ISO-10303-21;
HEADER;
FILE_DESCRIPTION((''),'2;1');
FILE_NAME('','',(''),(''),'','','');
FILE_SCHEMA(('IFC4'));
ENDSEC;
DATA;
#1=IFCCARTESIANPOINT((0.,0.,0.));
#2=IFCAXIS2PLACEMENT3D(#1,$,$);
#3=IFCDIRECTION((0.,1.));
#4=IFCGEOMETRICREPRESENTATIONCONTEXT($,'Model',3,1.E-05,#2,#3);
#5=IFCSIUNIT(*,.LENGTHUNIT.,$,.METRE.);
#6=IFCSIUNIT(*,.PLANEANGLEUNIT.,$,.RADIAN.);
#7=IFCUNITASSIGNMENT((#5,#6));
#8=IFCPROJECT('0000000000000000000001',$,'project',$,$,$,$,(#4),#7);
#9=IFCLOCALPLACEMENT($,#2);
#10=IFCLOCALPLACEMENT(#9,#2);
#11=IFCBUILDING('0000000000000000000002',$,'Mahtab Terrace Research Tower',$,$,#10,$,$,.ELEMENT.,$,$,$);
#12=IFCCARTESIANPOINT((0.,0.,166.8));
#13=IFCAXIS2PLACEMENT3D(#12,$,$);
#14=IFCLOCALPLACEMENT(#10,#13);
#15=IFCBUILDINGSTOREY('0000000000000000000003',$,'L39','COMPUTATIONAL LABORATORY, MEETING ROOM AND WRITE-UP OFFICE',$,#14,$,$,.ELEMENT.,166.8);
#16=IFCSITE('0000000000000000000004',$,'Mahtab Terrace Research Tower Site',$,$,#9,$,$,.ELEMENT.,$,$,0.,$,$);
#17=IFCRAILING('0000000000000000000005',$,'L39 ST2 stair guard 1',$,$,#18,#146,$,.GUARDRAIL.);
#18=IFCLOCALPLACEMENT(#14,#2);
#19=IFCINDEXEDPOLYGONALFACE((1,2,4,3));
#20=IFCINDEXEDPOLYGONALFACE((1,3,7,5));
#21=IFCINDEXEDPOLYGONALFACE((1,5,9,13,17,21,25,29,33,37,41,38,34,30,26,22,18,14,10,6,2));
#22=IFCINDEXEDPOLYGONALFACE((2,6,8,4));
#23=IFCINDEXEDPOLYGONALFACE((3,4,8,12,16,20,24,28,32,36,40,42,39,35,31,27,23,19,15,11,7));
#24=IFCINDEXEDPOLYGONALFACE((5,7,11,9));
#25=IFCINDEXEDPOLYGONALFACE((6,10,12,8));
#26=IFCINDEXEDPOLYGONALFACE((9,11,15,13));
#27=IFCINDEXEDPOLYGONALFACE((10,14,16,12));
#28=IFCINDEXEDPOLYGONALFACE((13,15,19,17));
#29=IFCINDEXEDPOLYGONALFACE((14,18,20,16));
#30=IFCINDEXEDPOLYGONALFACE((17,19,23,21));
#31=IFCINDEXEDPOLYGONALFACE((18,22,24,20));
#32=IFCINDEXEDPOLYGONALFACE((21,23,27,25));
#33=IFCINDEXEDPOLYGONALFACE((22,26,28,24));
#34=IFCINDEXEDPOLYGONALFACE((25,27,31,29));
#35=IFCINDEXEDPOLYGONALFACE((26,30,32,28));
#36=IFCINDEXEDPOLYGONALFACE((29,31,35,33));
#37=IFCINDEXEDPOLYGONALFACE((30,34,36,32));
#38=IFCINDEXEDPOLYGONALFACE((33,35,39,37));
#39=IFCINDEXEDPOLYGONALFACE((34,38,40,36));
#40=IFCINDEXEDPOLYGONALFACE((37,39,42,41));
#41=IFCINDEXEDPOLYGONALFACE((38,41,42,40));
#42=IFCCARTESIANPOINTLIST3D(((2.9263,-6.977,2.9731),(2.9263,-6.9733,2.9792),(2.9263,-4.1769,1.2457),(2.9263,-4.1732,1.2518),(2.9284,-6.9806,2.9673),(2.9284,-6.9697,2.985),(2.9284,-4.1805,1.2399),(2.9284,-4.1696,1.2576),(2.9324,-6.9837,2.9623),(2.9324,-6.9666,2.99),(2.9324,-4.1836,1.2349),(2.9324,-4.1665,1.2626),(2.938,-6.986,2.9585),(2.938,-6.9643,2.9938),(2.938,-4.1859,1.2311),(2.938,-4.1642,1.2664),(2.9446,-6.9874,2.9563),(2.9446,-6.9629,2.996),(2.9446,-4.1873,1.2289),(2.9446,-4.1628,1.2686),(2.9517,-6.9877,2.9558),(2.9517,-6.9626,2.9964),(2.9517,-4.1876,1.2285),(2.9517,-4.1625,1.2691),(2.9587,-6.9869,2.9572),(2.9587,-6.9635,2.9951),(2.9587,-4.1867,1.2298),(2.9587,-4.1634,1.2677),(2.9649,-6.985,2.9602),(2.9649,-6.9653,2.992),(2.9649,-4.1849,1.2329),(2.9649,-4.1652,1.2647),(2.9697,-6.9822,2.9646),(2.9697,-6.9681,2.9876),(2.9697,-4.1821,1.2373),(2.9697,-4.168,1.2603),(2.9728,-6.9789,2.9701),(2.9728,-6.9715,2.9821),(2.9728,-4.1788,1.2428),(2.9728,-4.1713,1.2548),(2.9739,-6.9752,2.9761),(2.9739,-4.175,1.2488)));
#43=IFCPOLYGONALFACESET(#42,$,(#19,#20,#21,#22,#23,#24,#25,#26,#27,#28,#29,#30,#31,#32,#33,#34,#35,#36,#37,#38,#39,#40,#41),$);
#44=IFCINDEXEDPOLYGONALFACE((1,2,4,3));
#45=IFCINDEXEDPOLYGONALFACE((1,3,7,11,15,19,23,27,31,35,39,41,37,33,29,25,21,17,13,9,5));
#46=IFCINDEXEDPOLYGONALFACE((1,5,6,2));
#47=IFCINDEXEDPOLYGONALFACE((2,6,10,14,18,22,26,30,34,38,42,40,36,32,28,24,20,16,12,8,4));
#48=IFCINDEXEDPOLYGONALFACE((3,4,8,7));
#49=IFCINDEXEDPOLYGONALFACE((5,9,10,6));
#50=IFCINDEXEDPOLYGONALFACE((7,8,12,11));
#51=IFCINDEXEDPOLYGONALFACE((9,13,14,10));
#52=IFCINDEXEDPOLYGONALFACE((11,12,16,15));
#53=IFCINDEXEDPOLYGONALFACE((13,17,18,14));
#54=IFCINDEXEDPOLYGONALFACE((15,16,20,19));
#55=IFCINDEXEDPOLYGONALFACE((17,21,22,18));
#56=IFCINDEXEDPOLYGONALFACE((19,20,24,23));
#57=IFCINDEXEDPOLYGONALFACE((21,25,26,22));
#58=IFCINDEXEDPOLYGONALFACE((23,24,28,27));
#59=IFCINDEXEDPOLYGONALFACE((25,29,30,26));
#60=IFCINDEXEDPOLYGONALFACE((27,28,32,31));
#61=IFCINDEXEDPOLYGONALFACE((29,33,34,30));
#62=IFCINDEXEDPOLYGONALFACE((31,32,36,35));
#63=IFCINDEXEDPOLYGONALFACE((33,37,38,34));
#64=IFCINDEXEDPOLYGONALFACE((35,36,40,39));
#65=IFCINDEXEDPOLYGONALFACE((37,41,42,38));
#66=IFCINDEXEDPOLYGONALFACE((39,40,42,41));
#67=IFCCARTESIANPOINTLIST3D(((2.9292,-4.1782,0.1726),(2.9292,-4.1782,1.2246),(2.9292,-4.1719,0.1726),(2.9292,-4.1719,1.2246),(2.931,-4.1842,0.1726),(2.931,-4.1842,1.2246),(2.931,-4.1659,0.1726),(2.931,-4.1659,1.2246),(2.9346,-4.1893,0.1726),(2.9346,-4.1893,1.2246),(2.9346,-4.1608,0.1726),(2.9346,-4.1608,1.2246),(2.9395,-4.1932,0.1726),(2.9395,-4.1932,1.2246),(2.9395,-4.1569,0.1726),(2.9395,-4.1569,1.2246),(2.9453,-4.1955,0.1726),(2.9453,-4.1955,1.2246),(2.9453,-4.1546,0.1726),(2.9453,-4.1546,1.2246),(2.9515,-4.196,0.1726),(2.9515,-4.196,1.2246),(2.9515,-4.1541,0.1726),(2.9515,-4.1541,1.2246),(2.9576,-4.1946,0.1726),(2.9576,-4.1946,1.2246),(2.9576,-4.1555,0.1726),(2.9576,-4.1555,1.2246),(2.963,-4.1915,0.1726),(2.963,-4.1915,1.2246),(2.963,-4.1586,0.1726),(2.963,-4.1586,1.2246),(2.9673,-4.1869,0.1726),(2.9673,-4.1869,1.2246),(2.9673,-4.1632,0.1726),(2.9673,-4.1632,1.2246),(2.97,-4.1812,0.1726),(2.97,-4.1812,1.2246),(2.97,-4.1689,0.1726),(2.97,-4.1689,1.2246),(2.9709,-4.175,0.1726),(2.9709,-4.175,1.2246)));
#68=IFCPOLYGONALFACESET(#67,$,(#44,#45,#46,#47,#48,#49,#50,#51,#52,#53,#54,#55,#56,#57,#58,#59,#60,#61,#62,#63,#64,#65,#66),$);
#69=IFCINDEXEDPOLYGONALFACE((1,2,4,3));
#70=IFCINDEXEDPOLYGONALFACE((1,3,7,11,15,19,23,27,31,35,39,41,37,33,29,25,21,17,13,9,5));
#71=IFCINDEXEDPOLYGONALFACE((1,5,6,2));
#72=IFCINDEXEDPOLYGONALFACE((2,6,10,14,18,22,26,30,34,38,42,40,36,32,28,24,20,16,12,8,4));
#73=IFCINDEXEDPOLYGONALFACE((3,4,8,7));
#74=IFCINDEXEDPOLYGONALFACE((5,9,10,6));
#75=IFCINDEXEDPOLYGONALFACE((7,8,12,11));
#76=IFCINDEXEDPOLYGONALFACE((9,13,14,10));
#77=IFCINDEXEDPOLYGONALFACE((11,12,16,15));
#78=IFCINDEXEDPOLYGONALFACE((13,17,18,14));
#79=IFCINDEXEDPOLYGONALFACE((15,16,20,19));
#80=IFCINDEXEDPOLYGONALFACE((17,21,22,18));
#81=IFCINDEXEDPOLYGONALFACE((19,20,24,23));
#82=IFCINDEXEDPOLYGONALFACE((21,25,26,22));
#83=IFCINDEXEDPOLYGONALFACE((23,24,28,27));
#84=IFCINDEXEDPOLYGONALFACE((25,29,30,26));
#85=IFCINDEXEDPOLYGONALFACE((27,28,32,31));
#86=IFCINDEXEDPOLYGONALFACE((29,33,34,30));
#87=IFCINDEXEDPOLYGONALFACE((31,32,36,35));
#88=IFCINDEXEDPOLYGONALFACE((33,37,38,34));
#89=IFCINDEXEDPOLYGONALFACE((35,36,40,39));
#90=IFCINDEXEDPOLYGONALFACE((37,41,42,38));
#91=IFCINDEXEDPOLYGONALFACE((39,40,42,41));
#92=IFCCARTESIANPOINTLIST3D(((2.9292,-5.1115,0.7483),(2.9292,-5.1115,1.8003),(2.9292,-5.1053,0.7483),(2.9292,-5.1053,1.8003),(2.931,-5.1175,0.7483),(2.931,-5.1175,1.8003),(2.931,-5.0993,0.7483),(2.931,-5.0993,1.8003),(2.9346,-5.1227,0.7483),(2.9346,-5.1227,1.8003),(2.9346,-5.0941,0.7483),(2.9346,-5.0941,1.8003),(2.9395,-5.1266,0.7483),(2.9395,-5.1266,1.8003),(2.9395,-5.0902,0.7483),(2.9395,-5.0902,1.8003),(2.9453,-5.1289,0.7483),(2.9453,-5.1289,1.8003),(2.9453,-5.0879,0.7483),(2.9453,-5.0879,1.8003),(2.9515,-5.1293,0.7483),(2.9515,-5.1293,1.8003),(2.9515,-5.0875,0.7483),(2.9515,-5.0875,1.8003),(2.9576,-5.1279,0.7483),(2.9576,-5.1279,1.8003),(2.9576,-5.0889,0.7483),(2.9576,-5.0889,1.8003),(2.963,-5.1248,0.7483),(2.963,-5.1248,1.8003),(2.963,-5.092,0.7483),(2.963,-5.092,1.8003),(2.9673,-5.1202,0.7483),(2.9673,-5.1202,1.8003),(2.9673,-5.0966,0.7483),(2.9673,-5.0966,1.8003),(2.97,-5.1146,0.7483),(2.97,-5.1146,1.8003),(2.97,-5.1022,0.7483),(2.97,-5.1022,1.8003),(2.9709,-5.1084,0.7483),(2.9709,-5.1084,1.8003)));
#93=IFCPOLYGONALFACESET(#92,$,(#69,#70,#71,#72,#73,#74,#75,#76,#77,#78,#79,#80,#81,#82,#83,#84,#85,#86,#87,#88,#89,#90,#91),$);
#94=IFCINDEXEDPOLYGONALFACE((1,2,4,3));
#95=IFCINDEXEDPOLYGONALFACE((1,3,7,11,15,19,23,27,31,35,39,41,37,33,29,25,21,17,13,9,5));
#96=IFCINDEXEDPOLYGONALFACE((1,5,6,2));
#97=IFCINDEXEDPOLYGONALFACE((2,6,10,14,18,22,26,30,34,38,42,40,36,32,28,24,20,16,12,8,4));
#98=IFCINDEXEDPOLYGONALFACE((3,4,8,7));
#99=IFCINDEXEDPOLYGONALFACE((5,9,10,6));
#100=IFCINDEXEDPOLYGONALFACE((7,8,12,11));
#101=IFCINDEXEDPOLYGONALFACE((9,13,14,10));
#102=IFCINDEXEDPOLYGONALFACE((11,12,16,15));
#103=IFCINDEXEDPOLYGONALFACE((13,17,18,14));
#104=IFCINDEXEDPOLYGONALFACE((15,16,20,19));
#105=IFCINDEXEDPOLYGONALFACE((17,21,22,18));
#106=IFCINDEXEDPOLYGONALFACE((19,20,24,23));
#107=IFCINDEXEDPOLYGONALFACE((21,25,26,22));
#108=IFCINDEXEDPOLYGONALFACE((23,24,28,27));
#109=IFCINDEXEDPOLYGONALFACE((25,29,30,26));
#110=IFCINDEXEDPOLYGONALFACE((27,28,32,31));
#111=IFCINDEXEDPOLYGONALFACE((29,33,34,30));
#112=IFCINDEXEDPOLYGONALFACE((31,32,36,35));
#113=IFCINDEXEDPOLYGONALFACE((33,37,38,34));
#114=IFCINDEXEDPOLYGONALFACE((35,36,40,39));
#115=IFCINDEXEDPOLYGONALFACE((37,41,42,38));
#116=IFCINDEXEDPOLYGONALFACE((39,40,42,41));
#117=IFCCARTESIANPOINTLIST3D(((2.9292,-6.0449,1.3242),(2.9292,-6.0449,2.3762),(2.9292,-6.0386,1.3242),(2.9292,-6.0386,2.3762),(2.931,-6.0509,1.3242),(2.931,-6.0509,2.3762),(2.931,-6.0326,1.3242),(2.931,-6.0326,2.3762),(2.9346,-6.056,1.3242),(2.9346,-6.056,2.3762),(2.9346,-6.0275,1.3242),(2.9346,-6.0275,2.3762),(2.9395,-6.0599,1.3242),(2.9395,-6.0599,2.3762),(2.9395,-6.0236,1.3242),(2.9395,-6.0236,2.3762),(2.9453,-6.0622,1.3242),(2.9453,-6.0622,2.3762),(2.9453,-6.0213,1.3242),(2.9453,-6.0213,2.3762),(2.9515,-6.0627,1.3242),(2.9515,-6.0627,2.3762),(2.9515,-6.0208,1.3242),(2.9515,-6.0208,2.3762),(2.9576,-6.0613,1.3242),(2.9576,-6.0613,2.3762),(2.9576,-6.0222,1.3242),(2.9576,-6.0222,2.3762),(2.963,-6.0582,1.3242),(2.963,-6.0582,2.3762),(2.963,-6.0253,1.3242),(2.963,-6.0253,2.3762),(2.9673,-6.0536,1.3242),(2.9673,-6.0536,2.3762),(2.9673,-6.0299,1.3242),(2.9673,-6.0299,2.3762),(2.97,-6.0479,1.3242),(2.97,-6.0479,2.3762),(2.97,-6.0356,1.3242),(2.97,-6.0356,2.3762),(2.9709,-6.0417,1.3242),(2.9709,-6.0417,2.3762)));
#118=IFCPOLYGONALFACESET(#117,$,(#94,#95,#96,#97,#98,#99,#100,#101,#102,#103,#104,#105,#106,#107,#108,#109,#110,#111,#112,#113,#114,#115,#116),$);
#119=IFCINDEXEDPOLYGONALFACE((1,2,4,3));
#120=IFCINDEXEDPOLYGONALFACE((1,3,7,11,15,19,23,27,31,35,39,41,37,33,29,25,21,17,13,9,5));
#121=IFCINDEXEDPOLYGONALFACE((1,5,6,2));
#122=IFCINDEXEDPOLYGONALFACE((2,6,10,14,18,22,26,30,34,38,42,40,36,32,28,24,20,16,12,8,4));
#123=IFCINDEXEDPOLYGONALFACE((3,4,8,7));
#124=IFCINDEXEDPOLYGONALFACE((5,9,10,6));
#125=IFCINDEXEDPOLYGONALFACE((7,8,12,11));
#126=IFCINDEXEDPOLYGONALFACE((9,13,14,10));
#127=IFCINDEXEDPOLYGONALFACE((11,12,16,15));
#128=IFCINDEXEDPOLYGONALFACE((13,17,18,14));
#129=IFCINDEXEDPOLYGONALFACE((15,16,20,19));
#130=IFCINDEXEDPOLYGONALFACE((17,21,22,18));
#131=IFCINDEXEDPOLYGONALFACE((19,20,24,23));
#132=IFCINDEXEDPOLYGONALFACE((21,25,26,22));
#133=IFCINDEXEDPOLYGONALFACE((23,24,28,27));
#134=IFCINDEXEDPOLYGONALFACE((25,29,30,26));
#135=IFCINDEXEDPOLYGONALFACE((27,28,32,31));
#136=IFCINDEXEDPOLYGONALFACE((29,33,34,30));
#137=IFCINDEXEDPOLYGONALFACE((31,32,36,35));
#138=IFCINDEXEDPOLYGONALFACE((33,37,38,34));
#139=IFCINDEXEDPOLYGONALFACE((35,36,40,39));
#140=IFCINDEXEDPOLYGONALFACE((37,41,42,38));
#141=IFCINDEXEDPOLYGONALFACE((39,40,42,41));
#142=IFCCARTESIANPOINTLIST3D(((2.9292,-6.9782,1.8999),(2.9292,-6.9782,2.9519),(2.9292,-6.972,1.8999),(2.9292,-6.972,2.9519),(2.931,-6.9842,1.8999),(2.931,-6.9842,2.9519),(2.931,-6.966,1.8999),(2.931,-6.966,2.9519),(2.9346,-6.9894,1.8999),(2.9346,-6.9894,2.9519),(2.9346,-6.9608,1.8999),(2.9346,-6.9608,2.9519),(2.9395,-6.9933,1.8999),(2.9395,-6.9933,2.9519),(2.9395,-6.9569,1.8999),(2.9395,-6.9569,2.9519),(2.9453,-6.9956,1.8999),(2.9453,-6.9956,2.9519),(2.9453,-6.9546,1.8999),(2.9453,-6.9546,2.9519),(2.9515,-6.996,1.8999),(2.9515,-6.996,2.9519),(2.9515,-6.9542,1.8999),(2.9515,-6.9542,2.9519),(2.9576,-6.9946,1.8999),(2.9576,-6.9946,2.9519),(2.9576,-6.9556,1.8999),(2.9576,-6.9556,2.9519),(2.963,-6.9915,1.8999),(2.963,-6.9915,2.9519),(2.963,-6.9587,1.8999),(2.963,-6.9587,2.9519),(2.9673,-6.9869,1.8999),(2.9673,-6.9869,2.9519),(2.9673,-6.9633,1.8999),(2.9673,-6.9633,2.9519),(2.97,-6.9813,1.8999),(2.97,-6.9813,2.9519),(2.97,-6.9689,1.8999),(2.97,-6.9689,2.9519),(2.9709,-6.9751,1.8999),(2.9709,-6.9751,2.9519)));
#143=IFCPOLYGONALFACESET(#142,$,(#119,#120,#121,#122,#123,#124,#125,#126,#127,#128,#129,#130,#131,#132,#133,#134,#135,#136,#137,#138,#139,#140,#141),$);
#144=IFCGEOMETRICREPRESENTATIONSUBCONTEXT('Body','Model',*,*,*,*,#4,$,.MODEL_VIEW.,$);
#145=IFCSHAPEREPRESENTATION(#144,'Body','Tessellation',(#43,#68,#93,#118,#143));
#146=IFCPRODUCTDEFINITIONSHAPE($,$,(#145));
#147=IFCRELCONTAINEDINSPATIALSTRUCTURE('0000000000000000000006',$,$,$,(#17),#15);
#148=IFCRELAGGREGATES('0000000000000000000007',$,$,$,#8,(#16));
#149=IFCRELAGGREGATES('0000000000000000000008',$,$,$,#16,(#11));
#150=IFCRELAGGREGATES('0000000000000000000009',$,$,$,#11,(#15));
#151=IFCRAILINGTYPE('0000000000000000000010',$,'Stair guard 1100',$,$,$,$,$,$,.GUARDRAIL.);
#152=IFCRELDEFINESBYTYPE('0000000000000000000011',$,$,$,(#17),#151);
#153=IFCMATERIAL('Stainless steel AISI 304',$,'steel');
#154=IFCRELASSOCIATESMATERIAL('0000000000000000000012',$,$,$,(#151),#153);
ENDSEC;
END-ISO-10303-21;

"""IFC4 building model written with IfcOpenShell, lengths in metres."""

from ifc_helpers import new_model, si_unit, direction, frame, origin, origin_2d, place, context, subcontext, project, spatial, circle, extrude, material, type_object, element, save


model = new_model("IFC4")

# Units and contexts
model_context = context("Model", 3, precision=1e-05, world=origin(), true_north=direction((0.0, 1.0)))
body_context = subcontext(model_context, "Body", "Model", "MODEL_VIEW")
ifc_project = project(units=[si_unit("LENGTHUNIT", "METRE"), si_unit("PLANEANGLEUNIT", "RADIAN")], contexts=[model_context])

# Site, building, storey
site_placement = place(None, origin())
site = spatial("IfcSite", under=ifc_project, at=site_placement, Name="Mahtab Terrace Research Tower Site", CompositionType="ELEMENT", RefElevation=0.0)
building_placement = place(site_placement, origin())
building = spatial("IfcBuilding", under=site, at=building_placement, Name="Mahtab Terrace Research Tower", CompositionType="ELEMENT")
storey_placement = place(building_placement, frame((0.0, 0.0, 166.8)))
storey = spatial("IfcBuildingStorey", under=building, at=storey_placement, Name="L39", Description="COMPUTATIONAL LABORATORY, MEETING ROOM AND WRITE-UP OFFICE", CompositionType="ELEMENT", Elevation=166.8)

# Railing
ifc_material_1 = material(Name="Stainless steel AISI 304", Category="steel")
railing_type_1 = type_object("IfcRailingType", Name="Stair guard 1100", PredefinedType="GUARDRAIL", material=ifc_material_1)
railing_1_placement = place(storey_placement, frame((2.95, -4.175, 0.1726)))
element("IfcRailing", 1, at=railing_1_placement, inside=storey, type_object=railing_type_1, Name="L39 ST2 stair guard 1", PredefinedType="GUARDRAIL", context=body_context, shape_type="SweptSolid", body=[
    extrude(circle(Radius=0.0239, at=origin_2d()), frame((0.0, 0.0, 1.0762), z_axis=(0.0, -0.85109, 0.52502), x_axis=(1.0, 0.0, 0.0)), (0.0, 0.0, 1.0), 3.29),
    extrude(circle(Radius=0.021, at=origin_2d()), origin(), (0.0, 0.0, 1.0), 1.052),
    extrude(circle(Radius=0.021, at=origin_2d()), frame((0.0, -0.9333, 0.5757)), (0.0, 0.0, 1.0), 1.052),
    extrude(circle(Radius=0.021, at=origin_2d()), frame((0.0, -1.8667, 1.1516)), (0.0, 0.0, 1.0), 1.052),
    extrude(circle(Radius=0.021, at=origin_2d()), frame((0.0, -2.8, 1.7273)), (0.0, 0.0, 1.0), 1.052),
])

save(model, "model.ifc")
